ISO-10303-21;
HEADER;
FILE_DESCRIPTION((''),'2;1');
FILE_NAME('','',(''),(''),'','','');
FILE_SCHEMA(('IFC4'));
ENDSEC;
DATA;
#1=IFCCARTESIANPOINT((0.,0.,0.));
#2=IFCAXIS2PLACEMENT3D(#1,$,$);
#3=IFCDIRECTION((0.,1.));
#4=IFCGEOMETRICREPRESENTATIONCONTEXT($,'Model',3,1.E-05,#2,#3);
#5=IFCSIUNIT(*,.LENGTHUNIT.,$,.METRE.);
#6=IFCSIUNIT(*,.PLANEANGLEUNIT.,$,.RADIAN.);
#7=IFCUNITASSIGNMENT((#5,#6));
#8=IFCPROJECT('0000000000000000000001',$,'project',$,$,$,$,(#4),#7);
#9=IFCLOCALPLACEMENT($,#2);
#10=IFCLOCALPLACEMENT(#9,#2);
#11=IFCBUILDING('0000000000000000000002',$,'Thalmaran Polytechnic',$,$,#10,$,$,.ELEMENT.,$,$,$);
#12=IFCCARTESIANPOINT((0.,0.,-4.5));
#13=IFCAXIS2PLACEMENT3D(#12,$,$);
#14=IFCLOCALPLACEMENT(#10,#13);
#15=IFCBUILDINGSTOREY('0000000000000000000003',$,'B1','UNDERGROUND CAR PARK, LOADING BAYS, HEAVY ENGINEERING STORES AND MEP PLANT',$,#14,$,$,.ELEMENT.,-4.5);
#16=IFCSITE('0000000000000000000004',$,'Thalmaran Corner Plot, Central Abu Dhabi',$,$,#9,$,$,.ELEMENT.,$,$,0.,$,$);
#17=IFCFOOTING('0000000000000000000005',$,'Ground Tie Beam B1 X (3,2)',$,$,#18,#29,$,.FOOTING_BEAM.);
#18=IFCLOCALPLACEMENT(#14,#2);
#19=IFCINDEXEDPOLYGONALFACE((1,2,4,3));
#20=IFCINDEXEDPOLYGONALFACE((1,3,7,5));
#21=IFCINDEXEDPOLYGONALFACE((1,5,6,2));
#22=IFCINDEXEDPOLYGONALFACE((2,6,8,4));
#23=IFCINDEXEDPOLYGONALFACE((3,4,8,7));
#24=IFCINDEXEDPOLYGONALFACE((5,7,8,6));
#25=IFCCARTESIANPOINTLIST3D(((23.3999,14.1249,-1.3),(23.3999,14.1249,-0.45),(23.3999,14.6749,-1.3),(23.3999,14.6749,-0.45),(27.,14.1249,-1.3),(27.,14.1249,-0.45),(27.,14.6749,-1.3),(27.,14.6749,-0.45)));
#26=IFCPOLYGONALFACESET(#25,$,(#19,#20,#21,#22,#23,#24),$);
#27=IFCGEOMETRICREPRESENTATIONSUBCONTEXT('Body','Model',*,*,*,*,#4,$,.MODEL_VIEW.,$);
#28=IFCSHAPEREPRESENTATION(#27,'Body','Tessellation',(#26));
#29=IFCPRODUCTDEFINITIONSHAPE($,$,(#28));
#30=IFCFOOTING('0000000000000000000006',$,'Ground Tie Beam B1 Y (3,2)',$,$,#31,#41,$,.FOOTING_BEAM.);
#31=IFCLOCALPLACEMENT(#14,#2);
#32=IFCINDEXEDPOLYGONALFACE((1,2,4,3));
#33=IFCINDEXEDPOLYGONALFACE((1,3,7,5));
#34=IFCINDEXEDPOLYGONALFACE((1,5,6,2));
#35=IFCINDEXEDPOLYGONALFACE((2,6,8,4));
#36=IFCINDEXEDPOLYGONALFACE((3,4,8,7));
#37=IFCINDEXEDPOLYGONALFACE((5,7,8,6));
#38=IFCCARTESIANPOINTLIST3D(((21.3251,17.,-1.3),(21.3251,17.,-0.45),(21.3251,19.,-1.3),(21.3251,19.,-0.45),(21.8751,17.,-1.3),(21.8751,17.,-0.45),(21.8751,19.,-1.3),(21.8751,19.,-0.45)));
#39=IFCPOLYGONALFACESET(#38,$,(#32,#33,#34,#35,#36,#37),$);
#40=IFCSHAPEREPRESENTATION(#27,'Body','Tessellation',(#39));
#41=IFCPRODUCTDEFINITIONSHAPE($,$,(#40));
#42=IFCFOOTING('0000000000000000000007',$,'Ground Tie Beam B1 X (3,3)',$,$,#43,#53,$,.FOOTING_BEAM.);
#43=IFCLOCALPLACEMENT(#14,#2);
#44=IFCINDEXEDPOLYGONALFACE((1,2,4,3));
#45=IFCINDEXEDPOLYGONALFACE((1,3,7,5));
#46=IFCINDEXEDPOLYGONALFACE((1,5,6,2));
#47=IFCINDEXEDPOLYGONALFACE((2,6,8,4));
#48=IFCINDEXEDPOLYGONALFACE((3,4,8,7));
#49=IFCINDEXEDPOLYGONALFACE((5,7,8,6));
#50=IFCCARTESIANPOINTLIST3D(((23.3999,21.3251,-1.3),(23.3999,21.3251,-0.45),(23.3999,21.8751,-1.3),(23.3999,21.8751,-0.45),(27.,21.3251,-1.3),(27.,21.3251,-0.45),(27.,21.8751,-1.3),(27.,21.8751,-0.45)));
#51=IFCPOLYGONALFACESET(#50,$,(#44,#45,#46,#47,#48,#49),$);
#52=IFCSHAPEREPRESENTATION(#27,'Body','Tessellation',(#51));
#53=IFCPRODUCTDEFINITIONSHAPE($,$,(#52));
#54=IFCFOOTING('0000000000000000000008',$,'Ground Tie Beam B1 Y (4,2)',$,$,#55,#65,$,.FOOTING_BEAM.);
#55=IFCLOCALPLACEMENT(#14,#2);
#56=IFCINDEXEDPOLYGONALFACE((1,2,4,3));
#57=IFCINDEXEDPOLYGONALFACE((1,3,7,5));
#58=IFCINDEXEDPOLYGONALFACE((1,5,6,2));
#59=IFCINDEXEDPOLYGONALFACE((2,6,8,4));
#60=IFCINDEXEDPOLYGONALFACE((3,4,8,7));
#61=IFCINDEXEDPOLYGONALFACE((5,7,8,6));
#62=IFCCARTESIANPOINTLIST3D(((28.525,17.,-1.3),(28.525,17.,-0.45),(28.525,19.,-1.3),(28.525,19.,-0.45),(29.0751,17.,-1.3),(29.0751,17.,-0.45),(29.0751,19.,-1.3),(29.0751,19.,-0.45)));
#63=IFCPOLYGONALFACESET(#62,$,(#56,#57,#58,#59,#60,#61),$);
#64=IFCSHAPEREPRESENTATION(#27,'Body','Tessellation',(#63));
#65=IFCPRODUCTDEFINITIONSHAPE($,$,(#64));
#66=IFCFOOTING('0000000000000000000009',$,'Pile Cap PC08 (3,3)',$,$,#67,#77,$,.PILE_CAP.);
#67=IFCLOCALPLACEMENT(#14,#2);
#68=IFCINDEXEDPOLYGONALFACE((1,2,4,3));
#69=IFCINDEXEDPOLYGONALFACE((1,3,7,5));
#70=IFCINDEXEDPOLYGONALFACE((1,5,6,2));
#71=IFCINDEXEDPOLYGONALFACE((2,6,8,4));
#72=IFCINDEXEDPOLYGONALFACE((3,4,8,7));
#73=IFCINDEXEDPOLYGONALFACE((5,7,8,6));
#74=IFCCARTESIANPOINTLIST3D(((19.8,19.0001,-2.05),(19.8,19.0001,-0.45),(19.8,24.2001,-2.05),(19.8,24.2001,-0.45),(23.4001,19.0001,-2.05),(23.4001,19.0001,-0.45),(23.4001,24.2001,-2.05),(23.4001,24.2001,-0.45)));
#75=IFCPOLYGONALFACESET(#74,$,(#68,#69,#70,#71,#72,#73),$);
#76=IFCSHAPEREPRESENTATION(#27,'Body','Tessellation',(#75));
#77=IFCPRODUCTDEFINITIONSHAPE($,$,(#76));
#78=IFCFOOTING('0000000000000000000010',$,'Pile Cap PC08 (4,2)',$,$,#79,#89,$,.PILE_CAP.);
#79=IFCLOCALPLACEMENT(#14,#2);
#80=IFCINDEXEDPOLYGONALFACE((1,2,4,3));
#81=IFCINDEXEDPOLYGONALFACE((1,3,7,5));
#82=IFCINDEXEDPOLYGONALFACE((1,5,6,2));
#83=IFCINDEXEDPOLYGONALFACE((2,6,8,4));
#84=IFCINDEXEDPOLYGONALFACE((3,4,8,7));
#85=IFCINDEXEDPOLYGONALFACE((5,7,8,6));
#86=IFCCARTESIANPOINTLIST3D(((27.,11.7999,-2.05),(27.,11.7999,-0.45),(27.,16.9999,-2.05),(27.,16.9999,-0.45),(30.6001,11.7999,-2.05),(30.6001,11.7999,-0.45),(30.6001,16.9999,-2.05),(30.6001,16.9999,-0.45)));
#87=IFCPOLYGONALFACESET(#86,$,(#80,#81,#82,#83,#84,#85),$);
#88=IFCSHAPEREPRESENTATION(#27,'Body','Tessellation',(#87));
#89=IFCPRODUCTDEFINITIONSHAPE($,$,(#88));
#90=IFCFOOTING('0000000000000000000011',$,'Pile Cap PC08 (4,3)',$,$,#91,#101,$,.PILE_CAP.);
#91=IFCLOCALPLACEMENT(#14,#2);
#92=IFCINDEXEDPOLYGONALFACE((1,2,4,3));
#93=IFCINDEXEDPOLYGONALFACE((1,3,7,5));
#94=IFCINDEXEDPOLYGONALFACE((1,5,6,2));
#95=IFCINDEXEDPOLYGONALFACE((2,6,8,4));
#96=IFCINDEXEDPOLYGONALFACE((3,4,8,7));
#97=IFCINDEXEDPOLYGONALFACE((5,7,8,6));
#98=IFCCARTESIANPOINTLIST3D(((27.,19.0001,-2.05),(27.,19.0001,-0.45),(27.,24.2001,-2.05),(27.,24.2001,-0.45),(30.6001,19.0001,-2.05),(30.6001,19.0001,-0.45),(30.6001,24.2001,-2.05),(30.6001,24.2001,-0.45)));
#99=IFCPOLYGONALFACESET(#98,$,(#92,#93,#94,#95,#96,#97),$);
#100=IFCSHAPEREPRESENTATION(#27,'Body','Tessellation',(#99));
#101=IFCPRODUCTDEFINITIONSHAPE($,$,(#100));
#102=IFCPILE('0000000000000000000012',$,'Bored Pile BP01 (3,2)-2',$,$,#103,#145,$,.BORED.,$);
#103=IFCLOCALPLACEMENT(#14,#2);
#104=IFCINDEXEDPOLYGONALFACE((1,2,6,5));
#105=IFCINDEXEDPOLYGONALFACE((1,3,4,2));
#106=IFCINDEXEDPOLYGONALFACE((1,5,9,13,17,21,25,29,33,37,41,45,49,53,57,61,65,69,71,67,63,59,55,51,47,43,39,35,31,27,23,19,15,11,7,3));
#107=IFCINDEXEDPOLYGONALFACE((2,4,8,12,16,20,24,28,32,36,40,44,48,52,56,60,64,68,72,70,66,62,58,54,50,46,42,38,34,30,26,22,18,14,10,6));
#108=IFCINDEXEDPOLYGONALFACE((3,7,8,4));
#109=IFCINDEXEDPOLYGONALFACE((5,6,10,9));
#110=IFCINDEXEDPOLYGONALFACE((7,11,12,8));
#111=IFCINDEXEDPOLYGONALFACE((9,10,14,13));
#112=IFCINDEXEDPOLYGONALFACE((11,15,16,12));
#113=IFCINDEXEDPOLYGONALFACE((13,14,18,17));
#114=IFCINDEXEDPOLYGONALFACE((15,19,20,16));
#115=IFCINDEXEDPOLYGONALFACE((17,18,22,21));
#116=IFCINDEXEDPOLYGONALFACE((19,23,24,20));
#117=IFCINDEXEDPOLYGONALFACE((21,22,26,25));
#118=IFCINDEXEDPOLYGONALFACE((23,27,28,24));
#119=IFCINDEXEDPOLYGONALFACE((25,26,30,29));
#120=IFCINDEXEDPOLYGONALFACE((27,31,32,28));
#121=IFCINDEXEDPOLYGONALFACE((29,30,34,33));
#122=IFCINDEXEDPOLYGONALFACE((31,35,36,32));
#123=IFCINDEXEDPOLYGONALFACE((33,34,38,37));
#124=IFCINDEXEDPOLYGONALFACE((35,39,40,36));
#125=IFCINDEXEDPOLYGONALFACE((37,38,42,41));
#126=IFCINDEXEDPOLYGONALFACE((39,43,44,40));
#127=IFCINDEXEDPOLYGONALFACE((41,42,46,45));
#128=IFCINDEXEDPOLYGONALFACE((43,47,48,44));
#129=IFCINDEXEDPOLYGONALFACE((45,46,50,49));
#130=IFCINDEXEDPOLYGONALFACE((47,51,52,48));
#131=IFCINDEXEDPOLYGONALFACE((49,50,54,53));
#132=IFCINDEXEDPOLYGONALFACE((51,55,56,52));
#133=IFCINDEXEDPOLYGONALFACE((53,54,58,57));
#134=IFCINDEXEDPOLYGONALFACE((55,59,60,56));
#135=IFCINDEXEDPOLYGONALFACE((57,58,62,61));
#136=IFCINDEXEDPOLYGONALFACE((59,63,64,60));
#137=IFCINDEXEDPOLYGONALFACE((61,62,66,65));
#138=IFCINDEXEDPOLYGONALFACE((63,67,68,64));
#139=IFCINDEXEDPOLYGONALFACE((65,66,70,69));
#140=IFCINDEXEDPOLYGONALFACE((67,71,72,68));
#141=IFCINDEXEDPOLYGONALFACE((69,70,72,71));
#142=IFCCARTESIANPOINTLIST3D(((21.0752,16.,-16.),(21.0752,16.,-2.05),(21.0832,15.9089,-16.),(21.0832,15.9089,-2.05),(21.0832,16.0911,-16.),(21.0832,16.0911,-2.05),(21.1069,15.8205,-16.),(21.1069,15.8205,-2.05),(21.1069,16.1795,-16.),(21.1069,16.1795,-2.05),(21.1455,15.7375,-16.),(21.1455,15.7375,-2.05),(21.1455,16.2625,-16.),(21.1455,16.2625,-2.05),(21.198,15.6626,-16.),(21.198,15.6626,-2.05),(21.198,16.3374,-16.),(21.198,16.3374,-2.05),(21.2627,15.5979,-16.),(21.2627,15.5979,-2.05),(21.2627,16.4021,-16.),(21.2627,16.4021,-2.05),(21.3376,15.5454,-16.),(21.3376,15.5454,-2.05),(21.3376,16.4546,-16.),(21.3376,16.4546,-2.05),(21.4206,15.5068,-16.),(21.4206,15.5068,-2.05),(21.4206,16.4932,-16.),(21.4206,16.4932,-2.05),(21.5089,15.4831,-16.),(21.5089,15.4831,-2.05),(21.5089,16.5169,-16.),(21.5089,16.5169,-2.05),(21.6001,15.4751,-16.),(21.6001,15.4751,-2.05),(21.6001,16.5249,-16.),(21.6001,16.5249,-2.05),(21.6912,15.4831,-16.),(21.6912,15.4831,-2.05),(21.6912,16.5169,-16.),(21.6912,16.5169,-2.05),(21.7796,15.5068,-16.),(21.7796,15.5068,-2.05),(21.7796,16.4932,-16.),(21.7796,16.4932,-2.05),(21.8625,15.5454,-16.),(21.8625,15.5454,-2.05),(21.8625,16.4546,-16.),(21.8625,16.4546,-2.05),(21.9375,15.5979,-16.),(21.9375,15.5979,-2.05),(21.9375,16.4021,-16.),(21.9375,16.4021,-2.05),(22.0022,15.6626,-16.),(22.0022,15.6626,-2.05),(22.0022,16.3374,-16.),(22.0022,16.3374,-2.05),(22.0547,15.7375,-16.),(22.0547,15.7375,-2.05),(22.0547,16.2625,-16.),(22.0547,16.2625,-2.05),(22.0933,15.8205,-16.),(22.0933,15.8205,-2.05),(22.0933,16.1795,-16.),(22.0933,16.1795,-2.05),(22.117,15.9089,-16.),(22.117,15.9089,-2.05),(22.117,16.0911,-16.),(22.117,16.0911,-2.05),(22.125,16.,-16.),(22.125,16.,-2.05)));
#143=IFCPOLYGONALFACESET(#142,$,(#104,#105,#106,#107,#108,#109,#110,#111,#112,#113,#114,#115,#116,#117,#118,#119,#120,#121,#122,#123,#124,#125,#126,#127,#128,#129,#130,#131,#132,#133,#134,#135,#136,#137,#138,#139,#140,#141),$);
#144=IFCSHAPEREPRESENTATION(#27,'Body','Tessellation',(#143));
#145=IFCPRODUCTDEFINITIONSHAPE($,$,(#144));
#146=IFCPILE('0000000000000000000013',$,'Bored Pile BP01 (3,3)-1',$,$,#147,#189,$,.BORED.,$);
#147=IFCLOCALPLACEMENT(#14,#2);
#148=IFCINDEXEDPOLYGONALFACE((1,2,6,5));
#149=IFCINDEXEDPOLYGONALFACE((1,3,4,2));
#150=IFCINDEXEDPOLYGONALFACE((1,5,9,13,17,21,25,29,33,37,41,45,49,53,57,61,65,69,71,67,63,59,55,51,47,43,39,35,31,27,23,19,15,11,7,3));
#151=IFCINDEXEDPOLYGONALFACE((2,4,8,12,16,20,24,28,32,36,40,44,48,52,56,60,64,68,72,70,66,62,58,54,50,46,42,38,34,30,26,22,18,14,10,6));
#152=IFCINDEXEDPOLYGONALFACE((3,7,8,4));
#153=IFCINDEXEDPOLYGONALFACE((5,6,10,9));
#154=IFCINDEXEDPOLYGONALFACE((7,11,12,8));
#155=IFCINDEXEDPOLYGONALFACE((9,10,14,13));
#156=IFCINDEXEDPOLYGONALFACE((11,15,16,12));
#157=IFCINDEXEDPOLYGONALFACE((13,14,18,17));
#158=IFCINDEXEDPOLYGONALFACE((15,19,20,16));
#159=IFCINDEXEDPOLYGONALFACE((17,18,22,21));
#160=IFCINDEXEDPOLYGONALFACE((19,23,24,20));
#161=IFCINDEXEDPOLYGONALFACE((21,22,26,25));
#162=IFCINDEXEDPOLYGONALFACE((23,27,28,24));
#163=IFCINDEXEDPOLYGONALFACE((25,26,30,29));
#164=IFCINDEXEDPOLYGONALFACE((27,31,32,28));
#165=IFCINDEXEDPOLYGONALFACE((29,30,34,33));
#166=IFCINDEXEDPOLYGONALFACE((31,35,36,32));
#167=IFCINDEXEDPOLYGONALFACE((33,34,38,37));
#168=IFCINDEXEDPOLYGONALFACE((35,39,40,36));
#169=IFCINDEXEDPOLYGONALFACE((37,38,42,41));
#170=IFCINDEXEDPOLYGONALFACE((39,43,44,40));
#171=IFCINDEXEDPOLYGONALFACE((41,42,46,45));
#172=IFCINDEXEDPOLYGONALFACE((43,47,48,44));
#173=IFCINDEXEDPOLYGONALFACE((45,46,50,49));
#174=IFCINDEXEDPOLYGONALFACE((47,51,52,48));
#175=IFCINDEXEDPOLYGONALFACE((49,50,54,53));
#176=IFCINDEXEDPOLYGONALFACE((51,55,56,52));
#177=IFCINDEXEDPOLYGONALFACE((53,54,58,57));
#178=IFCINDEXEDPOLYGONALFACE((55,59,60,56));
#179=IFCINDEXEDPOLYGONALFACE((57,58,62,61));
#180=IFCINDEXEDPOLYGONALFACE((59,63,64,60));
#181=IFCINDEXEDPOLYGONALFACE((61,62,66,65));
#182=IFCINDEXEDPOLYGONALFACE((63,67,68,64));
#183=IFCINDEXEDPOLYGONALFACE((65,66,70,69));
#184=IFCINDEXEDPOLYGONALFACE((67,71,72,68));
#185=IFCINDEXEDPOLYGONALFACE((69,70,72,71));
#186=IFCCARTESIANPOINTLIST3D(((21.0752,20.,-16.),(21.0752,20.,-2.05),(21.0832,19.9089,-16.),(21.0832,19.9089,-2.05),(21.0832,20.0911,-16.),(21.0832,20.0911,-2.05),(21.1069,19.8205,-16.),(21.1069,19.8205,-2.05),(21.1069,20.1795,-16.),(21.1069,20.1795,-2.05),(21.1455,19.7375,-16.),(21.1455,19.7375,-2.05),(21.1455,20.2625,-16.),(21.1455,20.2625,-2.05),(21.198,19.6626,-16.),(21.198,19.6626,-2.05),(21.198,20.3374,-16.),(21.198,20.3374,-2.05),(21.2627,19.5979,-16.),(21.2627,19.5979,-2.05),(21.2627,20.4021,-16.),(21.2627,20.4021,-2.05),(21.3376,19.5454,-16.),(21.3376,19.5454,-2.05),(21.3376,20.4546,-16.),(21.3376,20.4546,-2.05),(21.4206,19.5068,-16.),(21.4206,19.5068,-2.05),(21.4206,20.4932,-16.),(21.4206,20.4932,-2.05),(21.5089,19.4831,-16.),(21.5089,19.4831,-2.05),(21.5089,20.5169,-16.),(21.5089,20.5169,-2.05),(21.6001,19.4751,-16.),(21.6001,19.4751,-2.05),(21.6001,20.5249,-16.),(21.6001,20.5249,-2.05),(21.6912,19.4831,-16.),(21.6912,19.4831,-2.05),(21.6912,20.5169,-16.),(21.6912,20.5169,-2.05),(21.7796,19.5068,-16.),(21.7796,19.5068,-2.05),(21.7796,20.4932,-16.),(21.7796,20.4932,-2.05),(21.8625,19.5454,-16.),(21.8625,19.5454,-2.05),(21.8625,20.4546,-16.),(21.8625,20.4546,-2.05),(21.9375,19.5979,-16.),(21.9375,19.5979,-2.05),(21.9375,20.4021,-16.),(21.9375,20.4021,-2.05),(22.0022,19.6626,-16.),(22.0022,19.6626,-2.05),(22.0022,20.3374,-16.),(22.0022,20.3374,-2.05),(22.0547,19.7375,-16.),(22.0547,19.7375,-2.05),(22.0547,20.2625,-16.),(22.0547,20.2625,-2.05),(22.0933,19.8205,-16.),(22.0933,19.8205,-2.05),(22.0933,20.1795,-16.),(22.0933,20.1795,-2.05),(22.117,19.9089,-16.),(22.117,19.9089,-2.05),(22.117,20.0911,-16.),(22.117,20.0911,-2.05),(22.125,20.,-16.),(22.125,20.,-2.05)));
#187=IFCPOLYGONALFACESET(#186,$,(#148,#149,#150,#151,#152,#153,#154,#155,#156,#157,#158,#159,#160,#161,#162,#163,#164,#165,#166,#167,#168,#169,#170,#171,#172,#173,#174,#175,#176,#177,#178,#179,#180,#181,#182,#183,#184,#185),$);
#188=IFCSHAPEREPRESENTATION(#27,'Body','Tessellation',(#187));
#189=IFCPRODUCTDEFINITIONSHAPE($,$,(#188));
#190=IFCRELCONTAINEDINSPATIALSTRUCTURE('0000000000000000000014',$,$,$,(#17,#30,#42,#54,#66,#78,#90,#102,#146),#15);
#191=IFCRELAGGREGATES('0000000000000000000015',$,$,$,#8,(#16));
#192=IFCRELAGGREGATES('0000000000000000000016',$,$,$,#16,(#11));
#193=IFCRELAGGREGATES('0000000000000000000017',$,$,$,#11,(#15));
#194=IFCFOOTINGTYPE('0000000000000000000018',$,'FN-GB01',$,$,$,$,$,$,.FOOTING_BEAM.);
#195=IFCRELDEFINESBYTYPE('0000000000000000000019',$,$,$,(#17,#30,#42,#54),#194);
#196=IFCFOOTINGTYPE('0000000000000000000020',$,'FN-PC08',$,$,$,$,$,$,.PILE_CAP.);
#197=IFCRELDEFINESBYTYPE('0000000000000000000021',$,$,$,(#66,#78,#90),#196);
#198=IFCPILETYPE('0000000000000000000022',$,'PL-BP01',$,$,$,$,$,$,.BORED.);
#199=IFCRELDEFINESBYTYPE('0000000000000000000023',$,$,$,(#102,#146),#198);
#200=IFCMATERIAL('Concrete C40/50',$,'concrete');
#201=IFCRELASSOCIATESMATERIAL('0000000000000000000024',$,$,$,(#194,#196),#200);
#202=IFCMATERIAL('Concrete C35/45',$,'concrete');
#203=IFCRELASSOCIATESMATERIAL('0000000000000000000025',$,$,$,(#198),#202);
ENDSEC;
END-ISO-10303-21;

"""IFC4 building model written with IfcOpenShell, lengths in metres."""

from ifc_helpers import new_model, si_unit, direction, frame, origin, origin_2d, place, context, subcontext, project, spatial, rectangle, circle, extrude, material, material_profile, profile_set, type_object, element, save


model = new_model("IFC4")

# Units and contexts
model_context = context("Model", 3, precision=1e-05, world=origin(), true_north=direction((0.0, 1.0)))
body_context = subcontext(model_context, "Body", "Model", "MODEL_VIEW")
ifc_project = project(units=[si_unit("LENGTHUNIT", "METRE"), si_unit("PLANEANGLEUNIT", "RADIAN")], contexts=[model_context])

# Site, building, storey
site_placement = place(None, origin())
site = spatial("IfcSite", under=ifc_project, at=site_placement, Name="Thalmaran Corner Plot, Central Abu Dhabi", CompositionType="ELEMENT", RefElevation=0.0)
building_placement = place(site_placement, origin())
building = spatial("IfcBuilding", under=site, at=building_placement, Name="Thalmaran Polytechnic", CompositionType="ELEMENT")
storey_placement = place(building_placement, frame((0.0, 0.0, -4.5)))
storey = spatial("IfcBuildingStorey", under=building, at=storey_placement, Name="B1", Description="UNDERGROUND CAR PARK, LOADING BAYS, HEAVY ENGINEERING STORES AND MEP PLANT", CompositionType="ELEMENT", Elevation=-4.5)

# Footings
ifc_material_1 = material(Name="Concrete C40/50", Category="concrete")
ifc_material_profile_1 = material_profile(ifc_material_1, rectangle(XDim=0.55, YDim=0.8501, at=origin_2d()), Name="RC 550x850")
ifc_profile_set_1 = profile_set([ifc_material_profile_1], Name="Concrete C40/50")
footing_type_1 = type_object("IfcFootingType", Name="FN-GB01", PredefinedType="FOOTING_BEAM", material=ifc_profile_set_1)
footing_1_placement = place(storey_placement, frame((23.3999, 14.3999, -0.875), z_axis=(1.0, 0.0, 0.0), x_axis=(0.0, 1.0, 0.0)))
element("IfcFooting", 1, at=footing_1_placement, inside=storey, type_object=footing_type_1, Name="Ground Tie Beam B1 X (3,2)", PredefinedType="FOOTING_BEAM", context=body_context, shape_type="SweptSolid", body=[
    extrude(rectangle(XDim=0.55, YDim=0.8501, at=origin_2d()), origin(), (0.0, 0.0, 1.0), 3.6001),
])
footing_2_placement = place(storey_placement, frame((21.6001, 17.0, -0.875), z_axis=(0.0, 1.0, 0.0), x_axis=(-1.0, 0.0, 0.0)))
element("IfcFooting", 2, at=footing_2_placement, inside=storey, type_object=footing_type_1, Name="Ground Tie Beam B1 Y (3,2)", PredefinedType="FOOTING_BEAM", context=body_context, shape_type="SweptSolid", body=[
    extrude(rectangle(XDim=0.55, YDim=0.8501, at=origin_2d()), origin(), (0.0, 0.0, 1.0), 2.0),
])
footing_3_placement = place(storey_placement, frame((23.3999, 21.6001, -0.875), z_axis=(1.0, 0.0, 0.0), x_axis=(0.0, 1.0, 0.0)))
element("IfcFooting", 3, at=footing_3_placement, inside=storey, type_object=footing_type_1, Name="Ground Tie Beam B1 X (3,3)", PredefinedType="FOOTING_BEAM", context=body_context, shape_type="SweptSolid", body=[
    extrude(rectangle(XDim=0.55, YDim=0.8501, at=origin_2d()), origin(), (0.0, 0.0, 1.0), 3.6001),
])
footing_4_placement = place(storey_placement, frame((28.8, 17.0, -0.875), z_axis=(0.0, 1.0, 0.0), x_axis=(-1.0, 0.0, 0.0)))
element("IfcFooting", 4, at=footing_4_placement, inside=storey, type_object=footing_type_1, Name="Ground Tie Beam B1 Y (4,2)", PredefinedType="FOOTING_BEAM", context=body_context, shape_type="SweptSolid", body=[
    extrude(rectangle(XDim=0.55, YDim=0.8501, at=origin_2d()), origin(), (0.0, 0.0, 1.0), 2.0),
])
footing_type_2 = type_object("IfcFootingType", Name="FN-PC08", PredefinedType="PILE_CAP", material=ifc_material_1)
for number, where, z_axis, x_axis, name in (
    (5, (21.6001, 21.6001, -2.05), (0.0, 0.0, 1.0), (1.0, 0.0, 0.0), "Pile Cap PC08 (3,3)"),
    (6, (28.8, 14.3999, -2.05), (0.0, 0.0, 1.0), (1.0, 0.0, 0.0), "Pile Cap PC08 (4,2)"),
    (7, (28.8, 21.6001, -2.05), (0.0, 0.0, 1.0), (1.0, 0.0, 0.0), "Pile Cap PC08 (4,3)"),
):
    element("IfcFooting", number, at=place(storey_placement, frame(where, z_axis=z_axis, x_axis=x_axis)), inside=storey, type_object=footing_type_2, Name=name, PredefinedType="PILE_CAP", context=body_context, shape_type="SweptSolid", body=[
        extrude(rectangle(XDim=3.6001, YDim=5.2, at=origin_2d()), origin(), (0.0, 0.0, 1.0), 1.6001),
    ])

# Piles
ifc_material_2 = material(Name="Concrete C35/45", Category="concrete")
ifc_material_profile_2 = material_profile(ifc_material_2, circle(Radius=0.5249, at=origin_2d()), Name="RC 1050 DIA")
ifc_profile_set_2 = profile_set([ifc_material_profile_2], Name="Concrete C35/45")
pile_type = type_object("IfcPileType", Name="PL-BP01", PredefinedType="BORED", material=ifc_profile_set_2)
for number, where, z_axis, x_axis, name in (
    (8, (21.6001, 16.0, -2.05), (0.0, 0.0, -1.0), (1.0, 0.0, 0.0), "Bored Pile BP01 (3,2)-2"),
    (9, (21.6001, 20.0, -2.05), (0.0, 0.0, -1.0), (1.0, 0.0, 0.0), "Bored Pile BP01 (3,3)-1"),
):
    element("IfcPile", number, at=place(storey_placement, frame(where, z_axis=z_axis, x_axis=x_axis)), inside=storey, type_object=pile_type, Name=name, PredefinedType="BORED", context=body_context, shape_type="SweptSolid", body=[
        extrude(circle(Radius=0.5249, at=origin_2d()), origin(), (0.0, 0.0, 1.0), 13.95),
    ])

save(model, "model.ifc")
